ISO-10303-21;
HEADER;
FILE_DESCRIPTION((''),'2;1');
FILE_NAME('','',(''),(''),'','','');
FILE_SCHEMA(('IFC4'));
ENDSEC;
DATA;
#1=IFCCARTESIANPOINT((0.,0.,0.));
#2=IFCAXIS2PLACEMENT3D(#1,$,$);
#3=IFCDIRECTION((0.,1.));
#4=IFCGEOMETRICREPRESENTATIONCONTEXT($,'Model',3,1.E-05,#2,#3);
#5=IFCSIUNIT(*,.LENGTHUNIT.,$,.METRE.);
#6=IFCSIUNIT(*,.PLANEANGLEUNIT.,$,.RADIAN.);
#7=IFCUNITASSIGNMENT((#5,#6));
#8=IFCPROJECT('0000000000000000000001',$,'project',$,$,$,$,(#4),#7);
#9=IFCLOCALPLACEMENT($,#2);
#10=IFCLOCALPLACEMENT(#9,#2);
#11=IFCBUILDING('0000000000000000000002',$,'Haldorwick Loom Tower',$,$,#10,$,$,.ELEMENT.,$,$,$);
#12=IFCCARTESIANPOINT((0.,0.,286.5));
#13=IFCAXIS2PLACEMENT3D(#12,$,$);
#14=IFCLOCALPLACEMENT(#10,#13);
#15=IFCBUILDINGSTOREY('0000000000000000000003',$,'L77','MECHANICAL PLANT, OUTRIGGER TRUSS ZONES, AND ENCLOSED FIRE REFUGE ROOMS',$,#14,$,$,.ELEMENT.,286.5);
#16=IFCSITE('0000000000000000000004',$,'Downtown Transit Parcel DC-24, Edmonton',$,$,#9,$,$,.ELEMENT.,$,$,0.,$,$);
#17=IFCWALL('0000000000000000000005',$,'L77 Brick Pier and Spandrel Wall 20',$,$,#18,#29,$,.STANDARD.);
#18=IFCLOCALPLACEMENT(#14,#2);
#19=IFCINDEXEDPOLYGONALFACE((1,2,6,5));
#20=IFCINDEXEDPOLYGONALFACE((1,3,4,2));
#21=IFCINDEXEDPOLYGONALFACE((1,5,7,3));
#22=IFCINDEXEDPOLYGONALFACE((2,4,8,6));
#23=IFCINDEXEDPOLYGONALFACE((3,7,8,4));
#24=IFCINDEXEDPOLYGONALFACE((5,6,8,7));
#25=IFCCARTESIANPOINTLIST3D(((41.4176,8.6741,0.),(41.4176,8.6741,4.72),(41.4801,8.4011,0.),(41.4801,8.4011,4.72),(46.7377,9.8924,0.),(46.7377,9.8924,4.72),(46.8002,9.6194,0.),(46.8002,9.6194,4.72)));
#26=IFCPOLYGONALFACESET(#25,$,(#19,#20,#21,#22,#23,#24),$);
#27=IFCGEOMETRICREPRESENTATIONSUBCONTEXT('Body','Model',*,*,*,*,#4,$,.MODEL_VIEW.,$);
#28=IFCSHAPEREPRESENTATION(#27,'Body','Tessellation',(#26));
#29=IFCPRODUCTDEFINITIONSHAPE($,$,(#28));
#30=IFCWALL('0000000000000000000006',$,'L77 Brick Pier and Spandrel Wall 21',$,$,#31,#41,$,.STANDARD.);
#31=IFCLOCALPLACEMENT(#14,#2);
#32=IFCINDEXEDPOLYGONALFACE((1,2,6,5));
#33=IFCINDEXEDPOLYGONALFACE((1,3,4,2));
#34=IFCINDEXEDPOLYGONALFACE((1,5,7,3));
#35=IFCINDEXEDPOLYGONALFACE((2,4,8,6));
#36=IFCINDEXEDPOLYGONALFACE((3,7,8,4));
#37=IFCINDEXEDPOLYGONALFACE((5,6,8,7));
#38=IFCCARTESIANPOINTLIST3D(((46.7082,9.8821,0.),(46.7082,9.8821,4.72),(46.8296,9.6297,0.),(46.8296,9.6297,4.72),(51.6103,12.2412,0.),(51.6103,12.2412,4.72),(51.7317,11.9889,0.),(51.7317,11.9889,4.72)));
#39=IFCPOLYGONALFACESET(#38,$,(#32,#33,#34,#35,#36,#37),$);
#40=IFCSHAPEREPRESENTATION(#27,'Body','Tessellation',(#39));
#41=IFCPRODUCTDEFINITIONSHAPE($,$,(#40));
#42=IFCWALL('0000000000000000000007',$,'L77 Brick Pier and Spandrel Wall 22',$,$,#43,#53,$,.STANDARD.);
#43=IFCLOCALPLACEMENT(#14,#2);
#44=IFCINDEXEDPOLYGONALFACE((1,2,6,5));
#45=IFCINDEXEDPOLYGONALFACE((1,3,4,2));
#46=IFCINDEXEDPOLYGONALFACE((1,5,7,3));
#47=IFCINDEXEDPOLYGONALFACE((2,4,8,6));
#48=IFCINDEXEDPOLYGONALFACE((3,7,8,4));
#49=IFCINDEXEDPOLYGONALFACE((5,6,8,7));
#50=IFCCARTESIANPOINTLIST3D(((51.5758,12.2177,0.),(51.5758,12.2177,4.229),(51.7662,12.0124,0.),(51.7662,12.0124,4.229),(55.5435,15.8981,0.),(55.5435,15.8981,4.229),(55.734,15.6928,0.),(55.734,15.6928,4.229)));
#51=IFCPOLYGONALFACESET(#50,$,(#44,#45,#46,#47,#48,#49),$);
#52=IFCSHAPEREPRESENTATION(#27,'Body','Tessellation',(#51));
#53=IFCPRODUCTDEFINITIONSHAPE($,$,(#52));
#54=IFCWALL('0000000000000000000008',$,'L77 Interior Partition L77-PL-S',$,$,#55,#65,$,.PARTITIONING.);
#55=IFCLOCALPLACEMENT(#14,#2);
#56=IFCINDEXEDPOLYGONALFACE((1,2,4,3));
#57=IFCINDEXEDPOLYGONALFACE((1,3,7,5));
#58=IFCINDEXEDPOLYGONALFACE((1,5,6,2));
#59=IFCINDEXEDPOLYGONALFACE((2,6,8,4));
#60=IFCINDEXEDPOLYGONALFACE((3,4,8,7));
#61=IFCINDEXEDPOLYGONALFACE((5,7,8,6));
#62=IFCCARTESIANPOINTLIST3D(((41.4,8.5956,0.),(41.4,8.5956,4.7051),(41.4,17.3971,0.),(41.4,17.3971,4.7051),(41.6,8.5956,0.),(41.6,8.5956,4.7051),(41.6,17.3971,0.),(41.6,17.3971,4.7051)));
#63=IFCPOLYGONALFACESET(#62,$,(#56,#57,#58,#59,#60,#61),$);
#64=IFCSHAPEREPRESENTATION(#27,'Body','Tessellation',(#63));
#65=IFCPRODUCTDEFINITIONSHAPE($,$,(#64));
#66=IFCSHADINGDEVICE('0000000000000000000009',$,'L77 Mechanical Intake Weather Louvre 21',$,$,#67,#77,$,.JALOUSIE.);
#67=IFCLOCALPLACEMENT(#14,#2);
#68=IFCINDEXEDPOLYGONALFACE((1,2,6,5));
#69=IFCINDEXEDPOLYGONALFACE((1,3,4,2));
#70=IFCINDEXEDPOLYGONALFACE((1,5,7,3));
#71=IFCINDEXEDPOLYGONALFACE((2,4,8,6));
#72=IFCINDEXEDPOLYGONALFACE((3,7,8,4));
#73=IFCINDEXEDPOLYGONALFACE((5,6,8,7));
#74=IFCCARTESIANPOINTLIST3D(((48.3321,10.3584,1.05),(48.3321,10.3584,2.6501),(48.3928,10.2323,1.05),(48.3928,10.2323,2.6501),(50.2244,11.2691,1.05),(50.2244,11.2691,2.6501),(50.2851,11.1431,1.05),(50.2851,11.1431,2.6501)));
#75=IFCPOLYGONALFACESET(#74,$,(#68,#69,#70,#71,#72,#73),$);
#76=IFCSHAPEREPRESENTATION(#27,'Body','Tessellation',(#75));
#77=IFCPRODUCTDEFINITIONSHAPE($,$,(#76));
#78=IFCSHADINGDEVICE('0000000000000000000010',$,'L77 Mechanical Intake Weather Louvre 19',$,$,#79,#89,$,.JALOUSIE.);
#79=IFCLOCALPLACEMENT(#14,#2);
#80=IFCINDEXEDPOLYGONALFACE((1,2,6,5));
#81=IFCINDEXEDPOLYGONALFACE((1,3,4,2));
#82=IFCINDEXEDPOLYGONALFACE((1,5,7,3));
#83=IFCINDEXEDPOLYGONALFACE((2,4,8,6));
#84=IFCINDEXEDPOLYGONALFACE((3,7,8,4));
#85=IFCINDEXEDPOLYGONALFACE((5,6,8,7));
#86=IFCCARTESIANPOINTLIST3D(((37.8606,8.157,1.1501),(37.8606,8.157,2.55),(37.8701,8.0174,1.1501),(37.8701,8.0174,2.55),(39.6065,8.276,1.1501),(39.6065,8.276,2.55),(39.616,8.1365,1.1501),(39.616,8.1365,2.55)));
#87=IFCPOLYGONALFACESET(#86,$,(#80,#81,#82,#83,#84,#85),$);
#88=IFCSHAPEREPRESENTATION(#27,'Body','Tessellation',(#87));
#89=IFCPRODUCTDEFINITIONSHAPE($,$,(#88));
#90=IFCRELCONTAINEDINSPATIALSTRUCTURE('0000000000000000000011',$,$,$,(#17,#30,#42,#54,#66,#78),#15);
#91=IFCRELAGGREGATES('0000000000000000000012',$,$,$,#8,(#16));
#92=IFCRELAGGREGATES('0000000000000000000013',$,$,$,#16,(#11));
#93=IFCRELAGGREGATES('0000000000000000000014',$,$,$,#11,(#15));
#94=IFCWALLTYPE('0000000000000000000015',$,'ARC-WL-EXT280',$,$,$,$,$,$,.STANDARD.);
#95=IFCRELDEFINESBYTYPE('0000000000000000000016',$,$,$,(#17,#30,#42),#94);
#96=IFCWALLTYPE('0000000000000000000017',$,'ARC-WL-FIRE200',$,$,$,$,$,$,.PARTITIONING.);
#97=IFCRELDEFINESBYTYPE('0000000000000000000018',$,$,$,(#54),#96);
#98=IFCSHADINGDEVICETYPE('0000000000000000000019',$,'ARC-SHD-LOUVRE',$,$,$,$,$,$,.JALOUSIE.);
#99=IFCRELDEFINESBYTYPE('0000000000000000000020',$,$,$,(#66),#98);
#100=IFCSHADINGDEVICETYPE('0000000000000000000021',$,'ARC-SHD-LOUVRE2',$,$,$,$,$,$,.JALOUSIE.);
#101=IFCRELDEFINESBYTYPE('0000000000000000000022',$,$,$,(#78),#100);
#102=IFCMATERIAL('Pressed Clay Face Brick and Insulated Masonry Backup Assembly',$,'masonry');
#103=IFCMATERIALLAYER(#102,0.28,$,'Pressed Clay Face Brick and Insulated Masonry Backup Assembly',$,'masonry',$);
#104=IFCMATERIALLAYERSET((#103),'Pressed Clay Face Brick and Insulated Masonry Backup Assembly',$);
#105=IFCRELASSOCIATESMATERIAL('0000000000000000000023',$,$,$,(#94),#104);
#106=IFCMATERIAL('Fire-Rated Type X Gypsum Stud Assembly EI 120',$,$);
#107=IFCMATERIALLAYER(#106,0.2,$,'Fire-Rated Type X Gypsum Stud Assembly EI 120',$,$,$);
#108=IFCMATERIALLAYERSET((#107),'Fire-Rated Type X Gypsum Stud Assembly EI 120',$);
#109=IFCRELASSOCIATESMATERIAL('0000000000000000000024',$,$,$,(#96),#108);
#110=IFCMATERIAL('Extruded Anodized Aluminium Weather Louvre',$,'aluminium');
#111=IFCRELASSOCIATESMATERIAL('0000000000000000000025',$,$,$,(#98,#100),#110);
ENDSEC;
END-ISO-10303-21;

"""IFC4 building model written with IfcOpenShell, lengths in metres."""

from ifc_helpers import new_model, si_unit, direction, frame, frame_2d, origin, origin_2d, place, context, subcontext, project, spatial, rectangle, extrude, material, layer, layer_set, type_object, element, save


model = new_model("IFC4")

# Units and contexts
model_context = context("Model", 3, precision=1e-05, world=origin(), true_north=direction((0.0, 1.0)))
body_context = subcontext(model_context, "Body", "Model", "MODEL_VIEW")
ifc_project = project(units=[si_unit("LENGTHUNIT", "METRE"), si_unit("PLANEANGLEUNIT", "RADIAN")], contexts=[model_context])

# Site, building, storey
site_placement = place(None, origin())
site = spatial("IfcSite", under=ifc_project, at=site_placement, Name="Downtown Transit Parcel DC-24, Edmonton", CompositionType="ELEMENT", RefElevation=0.0)
building_placement = place(site_placement, origin())
building = spatial("IfcBuilding", under=site, at=building_placement, Name="Haldorwick Loom Tower", CompositionType="ELEMENT")
storey_placement = place(building_placement, frame((0.0, 0.0, 286.5)))
storey = spatial("IfcBuildingStorey", under=building, at=storey_placement, Name="L77", Description="MECHANICAL PLANT, OUTRIGGER TRUSS ZONES, AND ENCLOSED FIRE REFUGE ROOMS", CompositionType="ELEMENT", Elevation=286.5)

# Walls
ifc_material_1 = material(Name="Pressed Clay Face Brick and Insulated Masonry Backup Assembly", Category="masonry")
ifc_layer_1 = layer(ifc_material_1, 0.28, Name="Pressed Clay Face Brick and Insulated Masonry Backup Assembly", Category="masonry")
ifc_layer_set_1 = layer_set([ifc_layer_1], Name="Pressed Clay Face Brick and Insulated Masonry Backup Assembly")
wall_type_1 = type_object("IfcWallType", Name="ARC-WL-EXT280", PredefinedType="STANDARD", material=ifc_layer_set_1)
wall_1_placement = place(storey_placement, frame((41.4487, 8.5376, 0.0), z_axis=(0.0, 0.0, 1.0), x_axis=(0.974769, 0.223216, 0.0)))
element("IfcWall", 1, at=wall_1_placement, inside=storey, type_object=wall_type_1, Name="L77 Brick Pier and Spandrel Wall 20", PredefinedType="STANDARD", context=body_context, shape_type="SweptSolid", body=[
    extrude(rectangle(XDim=5.4578, YDim=0.28, at=frame_2d((2.729, 0.0))), origin(), (0.0, 0.0, 1.0), 4.72),
])
wall_2_placement = place(storey_placement, frame((46.7688, 9.7559, 0.0), z_axis=(0.0, 0.0, 1.0), x_axis=(0.901084, 0.433646, 0.0)))
element("IfcWall", 2, at=wall_2_placement, inside=storey, type_object=wall_type_1, Name="L77 Brick Pier and Spandrel Wall 21", PredefinedType="STANDARD", context=body_context, shape_type="SweptSolid", body=[
    extrude(rectangle(XDim=5.4402, YDim=0.28, at=frame_2d((2.7202, 0.0))), origin(), (0.0, 0.0, 1.0), 4.72),
])
wall_3_placement = place(storey_placement, frame((51.6709, 12.115, 0.0), z_axis=(0.0, 0.0, 1.0), x_axis=(0.733157, 0.68006, 0.0)))
element("IfcWall", 3, at=wall_3_placement, inside=storey, type_object=wall_type_1, Name="L77 Brick Pier and Spandrel Wall 22", PredefinedType="STANDARD", context=body_context, shape_type="SweptSolid", body=[
    extrude(rectangle(XDim=5.4119, YDim=0.28, at=frame_2d((2.7061, 0.0))), origin(), (0.0, 0.0, 1.0), 4.229),
])
ifc_material_2 = material(Name="Fire-Rated Type X Gypsum Stud Assembly EI 120")
ifc_layer_2 = layer(ifc_material_2, 0.2, Name="Fire-Rated Type X Gypsum Stud Assembly EI 120")
ifc_layer_set_2 = layer_set([ifc_layer_2], Name="Fire-Rated Type X Gypsum Stud Assembly EI 120")
wall_type_2 = type_object("IfcWallType", Name="ARC-WL-FIRE200", PredefinedType="PARTITIONING", material=ifc_layer_set_2)
wall_4_placement = place(storey_placement, frame((41.5, 8.5955, 0.0), z_axis=(0.0, 0.0, 1.0), x_axis=(0.0, 1.0, 0.0)))
element("IfcWall", 4, at=wall_4_placement, inside=storey, type_object=wall_type_2, Name="L77 Interior Partition L77-PL-S", PredefinedType="PARTITIONING", context=body_context, shape_type="SweptSolid", body=[
    extrude(rectangle(XDim=8.8015, YDim=0.2, at=frame_2d((4.4009, 0.0))), origin(), (0.0, 0.0, 1.0), 4.7051),
])

# Shading devices
ifc_material_3 = material(Name="Extruded Anodized Aluminium Weather Louvre", Category="aluminium")
shading_device_type_1 = type_object("IfcShadingDeviceType", Name="ARC-SHD-LOUVRE", PredefinedType="JALOUSIE", material=ifc_material_3)
shading_device_1_placement = place(storey_placement, frame((49.3086, 10.7507, 1.05), z_axis=(0.0, 0.0, 1.0), x_axis=(0.901077, 0.433659, 0.0)))
element("IfcShadingDevice", 5, at=shading_device_1_placement, inside=storey, type_object=shading_device_type_1, Name="L77 Mechanical Intake Weather Louvre 21", PredefinedType="JALOUSIE", context=body_context, shape_type="SweptSolid", body=[
    extrude(rectangle(XDim=2.1001, YDim=0.1399, at=origin_2d()), origin(), (0.0, 0.0, 1.0), 1.6001),
])
shading_device_type_2 = type_object("IfcShadingDeviceType", Name="ARC-SHD-LOUVRE2", PredefinedType="JALOUSIE", material=ifc_material_3)
shading_device_2_placement = place(storey_placement, frame((38.7383, 8.1467, 1.1501), z_axis=(0.0, 0.0, 1.0), x_axis=(0.997684, 0.068015, 0.0)))
element("IfcShadingDevice", 6, at=shading_device_2_placement, inside=storey, type_object=shading_device_type_2, Name="L77 Mechanical Intake Weather Louvre 19", PredefinedType="JALOUSIE", context=body_context, shape_type="SweptSolid", body=[
    extrude(rectangle(XDim=1.75, YDim=0.1399, at=origin_2d()), origin(), (0.0, 0.0, 1.0), 1.3999),
])

save(model, "model.ifc")
